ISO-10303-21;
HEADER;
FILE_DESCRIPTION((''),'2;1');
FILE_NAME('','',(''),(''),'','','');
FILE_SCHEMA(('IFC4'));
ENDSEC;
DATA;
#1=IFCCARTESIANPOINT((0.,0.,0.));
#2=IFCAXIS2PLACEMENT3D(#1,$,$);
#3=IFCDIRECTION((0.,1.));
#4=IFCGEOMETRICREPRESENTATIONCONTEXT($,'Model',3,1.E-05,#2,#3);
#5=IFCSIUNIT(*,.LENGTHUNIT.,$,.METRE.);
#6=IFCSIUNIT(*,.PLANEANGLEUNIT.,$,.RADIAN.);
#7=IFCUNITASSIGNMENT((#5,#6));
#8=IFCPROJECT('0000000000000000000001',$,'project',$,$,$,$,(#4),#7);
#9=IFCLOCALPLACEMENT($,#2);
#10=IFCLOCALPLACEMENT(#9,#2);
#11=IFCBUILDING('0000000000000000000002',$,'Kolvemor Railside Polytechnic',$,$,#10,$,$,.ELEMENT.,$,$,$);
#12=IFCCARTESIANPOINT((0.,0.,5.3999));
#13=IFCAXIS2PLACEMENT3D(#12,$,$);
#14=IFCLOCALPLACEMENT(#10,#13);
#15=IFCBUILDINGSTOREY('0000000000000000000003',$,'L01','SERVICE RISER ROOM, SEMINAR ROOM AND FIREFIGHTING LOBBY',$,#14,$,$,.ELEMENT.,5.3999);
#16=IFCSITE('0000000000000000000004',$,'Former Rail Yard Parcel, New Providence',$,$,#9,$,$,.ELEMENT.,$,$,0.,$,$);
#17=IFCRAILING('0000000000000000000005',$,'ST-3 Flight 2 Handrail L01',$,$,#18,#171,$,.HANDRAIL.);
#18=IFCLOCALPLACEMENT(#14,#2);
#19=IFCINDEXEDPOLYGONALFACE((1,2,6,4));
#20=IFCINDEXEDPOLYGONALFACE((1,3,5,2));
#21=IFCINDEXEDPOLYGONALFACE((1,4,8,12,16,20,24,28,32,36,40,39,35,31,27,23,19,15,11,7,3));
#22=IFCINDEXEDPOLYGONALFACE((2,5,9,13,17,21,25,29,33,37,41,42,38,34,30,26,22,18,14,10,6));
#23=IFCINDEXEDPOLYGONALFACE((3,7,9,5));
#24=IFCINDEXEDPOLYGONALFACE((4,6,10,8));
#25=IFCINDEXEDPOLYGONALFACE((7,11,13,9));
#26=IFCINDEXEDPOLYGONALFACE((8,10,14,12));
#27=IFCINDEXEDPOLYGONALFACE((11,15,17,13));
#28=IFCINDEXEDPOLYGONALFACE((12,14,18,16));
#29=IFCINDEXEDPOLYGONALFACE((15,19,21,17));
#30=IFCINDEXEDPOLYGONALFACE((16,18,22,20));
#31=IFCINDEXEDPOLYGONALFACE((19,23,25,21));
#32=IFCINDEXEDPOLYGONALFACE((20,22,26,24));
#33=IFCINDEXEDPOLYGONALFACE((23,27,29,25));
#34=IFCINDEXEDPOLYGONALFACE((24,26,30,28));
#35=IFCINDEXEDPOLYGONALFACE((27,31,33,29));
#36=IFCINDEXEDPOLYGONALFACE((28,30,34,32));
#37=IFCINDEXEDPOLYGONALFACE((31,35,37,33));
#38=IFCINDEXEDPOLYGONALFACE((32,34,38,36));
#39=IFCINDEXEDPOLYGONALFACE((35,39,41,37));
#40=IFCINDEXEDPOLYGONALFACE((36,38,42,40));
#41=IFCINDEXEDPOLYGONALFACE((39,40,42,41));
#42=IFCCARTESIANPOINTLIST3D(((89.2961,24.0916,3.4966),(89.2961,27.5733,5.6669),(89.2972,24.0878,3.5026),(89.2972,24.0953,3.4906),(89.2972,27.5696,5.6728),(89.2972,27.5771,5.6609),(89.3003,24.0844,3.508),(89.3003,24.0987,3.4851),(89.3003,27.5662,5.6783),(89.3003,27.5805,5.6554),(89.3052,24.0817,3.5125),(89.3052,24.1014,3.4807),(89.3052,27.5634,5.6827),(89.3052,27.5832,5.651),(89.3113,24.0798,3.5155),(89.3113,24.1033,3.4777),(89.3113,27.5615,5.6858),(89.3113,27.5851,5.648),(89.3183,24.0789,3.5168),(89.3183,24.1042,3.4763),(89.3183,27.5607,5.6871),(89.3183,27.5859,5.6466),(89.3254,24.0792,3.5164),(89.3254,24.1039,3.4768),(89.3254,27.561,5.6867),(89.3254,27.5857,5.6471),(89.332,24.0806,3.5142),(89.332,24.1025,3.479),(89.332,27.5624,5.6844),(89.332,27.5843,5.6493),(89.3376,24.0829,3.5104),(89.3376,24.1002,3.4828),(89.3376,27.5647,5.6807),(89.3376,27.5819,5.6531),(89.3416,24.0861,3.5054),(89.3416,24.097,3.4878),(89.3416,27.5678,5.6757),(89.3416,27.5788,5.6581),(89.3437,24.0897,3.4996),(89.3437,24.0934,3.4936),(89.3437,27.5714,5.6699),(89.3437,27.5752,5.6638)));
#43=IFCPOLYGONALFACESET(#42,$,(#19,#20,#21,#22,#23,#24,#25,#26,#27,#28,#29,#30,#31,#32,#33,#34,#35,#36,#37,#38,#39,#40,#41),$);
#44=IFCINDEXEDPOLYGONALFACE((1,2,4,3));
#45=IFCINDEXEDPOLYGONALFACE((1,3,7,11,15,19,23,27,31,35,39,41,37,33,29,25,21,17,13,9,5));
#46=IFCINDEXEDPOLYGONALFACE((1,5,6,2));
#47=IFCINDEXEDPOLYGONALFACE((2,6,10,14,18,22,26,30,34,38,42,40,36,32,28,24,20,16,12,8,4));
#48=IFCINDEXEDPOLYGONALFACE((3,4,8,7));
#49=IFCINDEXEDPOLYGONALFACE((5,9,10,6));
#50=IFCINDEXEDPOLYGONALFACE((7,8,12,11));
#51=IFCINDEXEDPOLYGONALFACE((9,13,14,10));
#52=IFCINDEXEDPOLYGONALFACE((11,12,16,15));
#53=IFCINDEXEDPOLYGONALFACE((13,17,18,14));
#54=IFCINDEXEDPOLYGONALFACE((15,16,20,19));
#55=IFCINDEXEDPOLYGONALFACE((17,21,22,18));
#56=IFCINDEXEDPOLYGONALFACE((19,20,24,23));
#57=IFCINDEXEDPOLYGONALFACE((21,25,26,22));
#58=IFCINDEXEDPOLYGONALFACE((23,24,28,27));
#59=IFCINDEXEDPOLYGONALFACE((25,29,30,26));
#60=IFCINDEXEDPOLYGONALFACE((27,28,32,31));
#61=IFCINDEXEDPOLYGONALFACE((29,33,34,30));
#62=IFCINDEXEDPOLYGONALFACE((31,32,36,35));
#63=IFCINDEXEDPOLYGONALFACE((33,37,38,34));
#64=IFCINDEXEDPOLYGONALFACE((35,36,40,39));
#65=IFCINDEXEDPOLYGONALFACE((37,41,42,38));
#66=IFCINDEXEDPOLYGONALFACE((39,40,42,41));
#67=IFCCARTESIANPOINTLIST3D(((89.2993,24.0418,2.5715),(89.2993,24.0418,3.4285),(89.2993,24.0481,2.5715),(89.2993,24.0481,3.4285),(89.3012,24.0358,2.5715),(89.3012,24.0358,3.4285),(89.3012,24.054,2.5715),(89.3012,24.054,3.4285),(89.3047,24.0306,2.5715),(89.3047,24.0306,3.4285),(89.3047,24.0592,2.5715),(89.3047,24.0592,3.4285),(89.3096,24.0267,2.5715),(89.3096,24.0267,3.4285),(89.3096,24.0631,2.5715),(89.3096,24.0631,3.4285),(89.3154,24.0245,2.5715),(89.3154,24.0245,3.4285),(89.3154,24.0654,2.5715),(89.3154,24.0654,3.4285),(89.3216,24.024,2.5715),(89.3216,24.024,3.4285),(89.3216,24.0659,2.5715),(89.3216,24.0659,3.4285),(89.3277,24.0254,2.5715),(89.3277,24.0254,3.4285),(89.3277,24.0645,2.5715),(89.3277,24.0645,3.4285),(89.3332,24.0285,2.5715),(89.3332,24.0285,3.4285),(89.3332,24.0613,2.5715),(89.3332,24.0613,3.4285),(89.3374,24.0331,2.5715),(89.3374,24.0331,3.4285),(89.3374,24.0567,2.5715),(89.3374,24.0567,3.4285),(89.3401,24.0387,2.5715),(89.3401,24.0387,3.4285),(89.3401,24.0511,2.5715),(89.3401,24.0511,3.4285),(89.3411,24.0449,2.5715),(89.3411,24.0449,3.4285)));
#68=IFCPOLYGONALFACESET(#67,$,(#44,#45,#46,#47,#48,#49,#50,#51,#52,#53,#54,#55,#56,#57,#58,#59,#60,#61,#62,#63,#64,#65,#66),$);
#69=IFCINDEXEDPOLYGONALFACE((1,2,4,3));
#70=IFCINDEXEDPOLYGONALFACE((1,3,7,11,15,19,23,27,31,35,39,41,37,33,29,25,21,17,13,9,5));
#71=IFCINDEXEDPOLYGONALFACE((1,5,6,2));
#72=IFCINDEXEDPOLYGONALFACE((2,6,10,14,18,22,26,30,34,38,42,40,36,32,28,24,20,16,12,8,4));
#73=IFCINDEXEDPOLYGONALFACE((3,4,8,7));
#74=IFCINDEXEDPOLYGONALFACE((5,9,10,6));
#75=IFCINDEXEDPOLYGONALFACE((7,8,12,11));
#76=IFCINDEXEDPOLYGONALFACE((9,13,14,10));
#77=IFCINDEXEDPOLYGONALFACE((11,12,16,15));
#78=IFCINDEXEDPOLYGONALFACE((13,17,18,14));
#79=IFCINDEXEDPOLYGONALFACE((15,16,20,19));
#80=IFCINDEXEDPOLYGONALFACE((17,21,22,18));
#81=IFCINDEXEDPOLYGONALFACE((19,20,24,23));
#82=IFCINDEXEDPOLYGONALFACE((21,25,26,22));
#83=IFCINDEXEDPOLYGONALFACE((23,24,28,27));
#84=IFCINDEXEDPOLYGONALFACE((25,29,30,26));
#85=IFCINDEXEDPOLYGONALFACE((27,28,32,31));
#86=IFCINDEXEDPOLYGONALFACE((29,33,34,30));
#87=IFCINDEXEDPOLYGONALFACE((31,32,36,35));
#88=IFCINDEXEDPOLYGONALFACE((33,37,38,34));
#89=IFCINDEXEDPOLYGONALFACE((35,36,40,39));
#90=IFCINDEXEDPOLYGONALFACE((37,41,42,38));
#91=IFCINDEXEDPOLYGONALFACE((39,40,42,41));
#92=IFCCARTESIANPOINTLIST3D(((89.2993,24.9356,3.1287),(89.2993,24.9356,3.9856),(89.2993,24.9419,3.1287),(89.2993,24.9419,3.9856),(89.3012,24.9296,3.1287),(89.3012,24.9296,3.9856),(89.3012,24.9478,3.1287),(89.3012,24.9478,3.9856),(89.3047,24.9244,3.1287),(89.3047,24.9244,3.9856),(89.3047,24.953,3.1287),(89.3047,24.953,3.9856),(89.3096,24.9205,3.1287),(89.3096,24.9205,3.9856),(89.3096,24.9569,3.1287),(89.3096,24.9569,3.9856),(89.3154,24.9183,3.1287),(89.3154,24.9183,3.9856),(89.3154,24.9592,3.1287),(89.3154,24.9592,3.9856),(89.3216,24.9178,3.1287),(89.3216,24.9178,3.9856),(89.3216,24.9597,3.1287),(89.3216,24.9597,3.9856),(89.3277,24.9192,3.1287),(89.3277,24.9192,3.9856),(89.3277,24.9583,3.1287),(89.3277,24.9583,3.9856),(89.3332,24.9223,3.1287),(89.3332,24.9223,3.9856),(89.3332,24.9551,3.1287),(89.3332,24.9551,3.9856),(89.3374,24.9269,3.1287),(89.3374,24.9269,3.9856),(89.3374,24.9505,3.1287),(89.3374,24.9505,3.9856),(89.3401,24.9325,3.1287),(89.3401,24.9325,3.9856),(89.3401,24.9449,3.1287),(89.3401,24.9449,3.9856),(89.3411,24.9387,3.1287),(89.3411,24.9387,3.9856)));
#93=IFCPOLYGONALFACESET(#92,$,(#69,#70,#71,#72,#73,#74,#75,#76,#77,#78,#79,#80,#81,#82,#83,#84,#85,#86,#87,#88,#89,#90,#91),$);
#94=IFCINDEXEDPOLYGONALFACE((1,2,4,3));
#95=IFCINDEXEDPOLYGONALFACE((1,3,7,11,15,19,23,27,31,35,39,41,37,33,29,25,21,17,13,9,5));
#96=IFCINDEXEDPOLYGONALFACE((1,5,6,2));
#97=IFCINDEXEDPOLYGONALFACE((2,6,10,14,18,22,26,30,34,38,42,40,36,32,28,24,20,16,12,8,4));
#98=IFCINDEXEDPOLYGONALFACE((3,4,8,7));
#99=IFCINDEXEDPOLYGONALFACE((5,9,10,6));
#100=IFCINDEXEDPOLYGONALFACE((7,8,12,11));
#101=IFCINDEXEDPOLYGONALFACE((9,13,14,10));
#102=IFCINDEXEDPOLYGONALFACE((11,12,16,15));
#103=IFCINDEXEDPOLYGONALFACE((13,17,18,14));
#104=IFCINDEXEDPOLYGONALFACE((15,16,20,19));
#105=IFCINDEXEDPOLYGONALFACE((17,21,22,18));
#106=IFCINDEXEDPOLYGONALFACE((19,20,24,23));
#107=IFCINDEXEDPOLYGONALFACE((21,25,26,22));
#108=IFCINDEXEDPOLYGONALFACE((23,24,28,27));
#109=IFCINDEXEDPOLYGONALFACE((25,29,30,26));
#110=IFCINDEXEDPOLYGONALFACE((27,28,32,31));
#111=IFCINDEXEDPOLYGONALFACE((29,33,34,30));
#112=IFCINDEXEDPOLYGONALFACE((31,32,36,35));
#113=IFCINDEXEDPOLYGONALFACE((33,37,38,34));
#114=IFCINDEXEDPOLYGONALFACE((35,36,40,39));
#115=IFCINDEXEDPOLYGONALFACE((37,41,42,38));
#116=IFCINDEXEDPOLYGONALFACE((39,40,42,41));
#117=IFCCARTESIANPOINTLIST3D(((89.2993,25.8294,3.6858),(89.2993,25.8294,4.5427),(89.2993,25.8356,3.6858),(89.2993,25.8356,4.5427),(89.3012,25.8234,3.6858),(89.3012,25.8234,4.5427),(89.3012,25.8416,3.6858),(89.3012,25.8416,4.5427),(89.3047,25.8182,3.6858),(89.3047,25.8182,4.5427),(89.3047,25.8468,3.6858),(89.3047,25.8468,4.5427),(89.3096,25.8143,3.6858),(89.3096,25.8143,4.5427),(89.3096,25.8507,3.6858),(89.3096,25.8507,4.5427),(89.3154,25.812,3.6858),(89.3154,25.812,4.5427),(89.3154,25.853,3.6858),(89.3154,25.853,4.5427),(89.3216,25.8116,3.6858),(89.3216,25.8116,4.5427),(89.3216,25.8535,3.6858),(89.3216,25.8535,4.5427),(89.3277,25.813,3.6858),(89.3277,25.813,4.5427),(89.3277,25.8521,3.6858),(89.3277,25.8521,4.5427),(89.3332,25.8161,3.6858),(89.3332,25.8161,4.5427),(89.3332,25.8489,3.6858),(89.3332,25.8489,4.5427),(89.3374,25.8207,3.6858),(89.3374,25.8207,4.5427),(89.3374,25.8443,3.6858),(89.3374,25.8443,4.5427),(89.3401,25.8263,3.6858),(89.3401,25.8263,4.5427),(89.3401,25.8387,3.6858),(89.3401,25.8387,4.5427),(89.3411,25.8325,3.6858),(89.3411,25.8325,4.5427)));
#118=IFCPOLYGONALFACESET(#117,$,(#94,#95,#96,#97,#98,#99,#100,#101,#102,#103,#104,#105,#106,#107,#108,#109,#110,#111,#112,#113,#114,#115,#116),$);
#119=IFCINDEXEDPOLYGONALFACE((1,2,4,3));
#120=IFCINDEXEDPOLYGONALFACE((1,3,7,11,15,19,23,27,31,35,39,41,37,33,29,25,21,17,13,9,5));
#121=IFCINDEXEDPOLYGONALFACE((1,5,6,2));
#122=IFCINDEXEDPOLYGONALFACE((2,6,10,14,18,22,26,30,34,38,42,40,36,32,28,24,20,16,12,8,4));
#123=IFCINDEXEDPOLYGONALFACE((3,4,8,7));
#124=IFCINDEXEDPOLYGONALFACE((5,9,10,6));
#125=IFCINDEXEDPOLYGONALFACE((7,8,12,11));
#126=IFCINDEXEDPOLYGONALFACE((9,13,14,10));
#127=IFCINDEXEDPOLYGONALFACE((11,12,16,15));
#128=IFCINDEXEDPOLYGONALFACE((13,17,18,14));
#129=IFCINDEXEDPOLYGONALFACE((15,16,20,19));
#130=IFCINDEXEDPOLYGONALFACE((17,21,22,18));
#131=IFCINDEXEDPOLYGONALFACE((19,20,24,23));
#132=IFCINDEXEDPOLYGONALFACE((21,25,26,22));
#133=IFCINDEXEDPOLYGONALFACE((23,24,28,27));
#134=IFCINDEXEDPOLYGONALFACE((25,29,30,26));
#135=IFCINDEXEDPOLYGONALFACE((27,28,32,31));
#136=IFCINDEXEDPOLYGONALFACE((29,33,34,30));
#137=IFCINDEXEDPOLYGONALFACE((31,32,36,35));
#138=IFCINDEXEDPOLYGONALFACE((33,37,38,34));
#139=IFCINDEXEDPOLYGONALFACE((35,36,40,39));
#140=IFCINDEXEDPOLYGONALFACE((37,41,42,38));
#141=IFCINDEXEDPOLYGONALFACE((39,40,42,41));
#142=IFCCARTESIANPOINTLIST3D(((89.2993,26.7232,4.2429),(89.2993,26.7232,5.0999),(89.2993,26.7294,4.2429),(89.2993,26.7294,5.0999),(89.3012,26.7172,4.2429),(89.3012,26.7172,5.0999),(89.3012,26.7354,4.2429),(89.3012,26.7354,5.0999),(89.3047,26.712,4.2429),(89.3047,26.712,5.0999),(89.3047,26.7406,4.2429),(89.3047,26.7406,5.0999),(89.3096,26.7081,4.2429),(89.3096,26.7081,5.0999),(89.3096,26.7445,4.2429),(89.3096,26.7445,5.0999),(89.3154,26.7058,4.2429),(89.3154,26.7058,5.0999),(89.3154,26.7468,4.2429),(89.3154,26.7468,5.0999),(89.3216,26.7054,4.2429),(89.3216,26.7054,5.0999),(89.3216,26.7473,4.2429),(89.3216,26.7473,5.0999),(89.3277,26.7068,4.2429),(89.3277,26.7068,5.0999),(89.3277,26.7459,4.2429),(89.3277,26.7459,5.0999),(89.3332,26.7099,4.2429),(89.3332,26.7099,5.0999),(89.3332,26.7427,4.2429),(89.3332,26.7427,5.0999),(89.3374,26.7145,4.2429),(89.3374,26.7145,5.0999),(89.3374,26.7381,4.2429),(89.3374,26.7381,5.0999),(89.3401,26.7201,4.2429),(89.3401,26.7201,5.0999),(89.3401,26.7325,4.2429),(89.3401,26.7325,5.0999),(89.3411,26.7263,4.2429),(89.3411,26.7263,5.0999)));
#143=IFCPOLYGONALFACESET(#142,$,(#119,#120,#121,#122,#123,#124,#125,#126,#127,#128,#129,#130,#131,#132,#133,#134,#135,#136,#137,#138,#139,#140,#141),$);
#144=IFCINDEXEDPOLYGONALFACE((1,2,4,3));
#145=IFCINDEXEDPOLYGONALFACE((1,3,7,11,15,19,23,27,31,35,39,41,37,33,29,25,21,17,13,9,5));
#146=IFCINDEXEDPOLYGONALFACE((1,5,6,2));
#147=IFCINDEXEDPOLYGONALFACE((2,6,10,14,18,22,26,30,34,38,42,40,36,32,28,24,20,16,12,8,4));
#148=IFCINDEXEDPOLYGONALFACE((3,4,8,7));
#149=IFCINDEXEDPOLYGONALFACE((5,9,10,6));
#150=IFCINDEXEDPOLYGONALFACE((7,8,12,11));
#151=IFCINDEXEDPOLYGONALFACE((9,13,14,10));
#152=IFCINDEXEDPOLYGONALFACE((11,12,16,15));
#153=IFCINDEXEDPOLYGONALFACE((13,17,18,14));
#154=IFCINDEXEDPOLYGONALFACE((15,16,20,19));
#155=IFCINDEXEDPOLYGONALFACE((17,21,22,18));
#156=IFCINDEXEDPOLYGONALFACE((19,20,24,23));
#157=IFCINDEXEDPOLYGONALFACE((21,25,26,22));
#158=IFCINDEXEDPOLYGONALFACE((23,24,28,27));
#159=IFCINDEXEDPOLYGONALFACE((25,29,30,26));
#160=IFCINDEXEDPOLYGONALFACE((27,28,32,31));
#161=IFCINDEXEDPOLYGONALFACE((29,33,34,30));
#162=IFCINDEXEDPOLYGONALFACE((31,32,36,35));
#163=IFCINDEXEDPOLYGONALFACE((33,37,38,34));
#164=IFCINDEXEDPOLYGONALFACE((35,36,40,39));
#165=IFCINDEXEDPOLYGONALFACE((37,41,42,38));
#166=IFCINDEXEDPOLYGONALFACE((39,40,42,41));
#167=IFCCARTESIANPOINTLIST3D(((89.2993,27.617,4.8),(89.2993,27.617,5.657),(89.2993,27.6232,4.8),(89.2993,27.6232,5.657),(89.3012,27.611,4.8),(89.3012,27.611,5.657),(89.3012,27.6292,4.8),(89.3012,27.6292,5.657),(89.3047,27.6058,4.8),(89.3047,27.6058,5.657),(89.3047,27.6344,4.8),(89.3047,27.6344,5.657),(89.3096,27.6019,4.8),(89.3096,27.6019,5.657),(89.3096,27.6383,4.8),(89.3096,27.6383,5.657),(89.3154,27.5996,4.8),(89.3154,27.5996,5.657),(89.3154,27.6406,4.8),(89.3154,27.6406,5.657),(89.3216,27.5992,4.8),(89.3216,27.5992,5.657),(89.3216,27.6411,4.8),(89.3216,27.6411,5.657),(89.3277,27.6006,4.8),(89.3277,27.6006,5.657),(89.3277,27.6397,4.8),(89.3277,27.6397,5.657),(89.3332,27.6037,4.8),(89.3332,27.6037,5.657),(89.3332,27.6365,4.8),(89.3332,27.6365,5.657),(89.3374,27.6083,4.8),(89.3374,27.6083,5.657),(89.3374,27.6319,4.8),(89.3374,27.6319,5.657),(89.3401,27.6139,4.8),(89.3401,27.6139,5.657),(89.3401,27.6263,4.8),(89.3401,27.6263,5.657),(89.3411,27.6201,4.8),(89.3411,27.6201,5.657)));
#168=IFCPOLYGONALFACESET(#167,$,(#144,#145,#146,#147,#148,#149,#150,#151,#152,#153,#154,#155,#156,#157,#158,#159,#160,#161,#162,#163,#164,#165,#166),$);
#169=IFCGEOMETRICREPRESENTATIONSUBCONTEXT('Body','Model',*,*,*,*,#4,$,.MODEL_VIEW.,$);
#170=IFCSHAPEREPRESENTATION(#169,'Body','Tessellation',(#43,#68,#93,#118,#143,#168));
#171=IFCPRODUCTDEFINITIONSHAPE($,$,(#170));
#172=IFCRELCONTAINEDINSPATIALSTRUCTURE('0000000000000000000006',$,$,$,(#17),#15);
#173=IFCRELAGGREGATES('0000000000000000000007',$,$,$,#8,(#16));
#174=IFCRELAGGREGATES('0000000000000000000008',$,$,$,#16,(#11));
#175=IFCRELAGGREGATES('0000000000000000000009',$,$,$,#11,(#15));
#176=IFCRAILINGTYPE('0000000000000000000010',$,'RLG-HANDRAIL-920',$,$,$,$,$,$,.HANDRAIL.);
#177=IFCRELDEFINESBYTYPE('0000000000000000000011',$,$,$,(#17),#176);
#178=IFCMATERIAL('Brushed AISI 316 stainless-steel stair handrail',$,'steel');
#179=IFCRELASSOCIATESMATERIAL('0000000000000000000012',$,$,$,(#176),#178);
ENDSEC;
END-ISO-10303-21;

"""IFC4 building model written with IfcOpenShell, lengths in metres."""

from ifc_helpers import new_model, si_unit, direction, frame, origin, origin_2d, place, context, subcontext, project, spatial, circle, extrude, material, type_object, element, save


model = new_model("IFC4")

# Units and contexts
model_context = context("Model", 3, precision=1e-05, world=origin(), true_north=direction((0.0, 1.0)))
body_context = subcontext(model_context, "Body", "Model", "MODEL_VIEW")
ifc_project = project(units=[si_unit("LENGTHUNIT", "METRE"), si_unit("PLANEANGLEUNIT", "RADIAN")], contexts=[model_context])

# Site, building, storey
site_placement = place(None, origin())
site = spatial("IfcSite", under=ifc_project, at=site_placement, Name="Former Rail Yard Parcel, New Providence", CompositionType="ELEMENT", RefElevation=0.0)
building_placement = place(site_placement, origin())
building = spatial("IfcBuilding", under=site, at=building_placement, Name="Kolvemor Railside Polytechnic", CompositionType="ELEMENT")
storey_placement = place(building_placement, frame((0.0, 0.0, 5.3999)))
storey = spatial("IfcBuildingStorey", under=building, at=storey_placement, Name="L01", Description="SERVICE RISER ROOM, SEMINAR ROOM AND FIREFIGHTING LOBBY", CompositionType="ELEMENT", Elevation=5.3999)

# Railing
ifc_material_1 = material(Name="Brushed AISI 316 stainless-steel stair handrail", Category="steel")
railing_type_1 = type_object("IfcRailingType", Name="RLG-HANDRAIL-920", PredefinedType="HANDRAIL", material=ifc_material_1)
railing_1_placement = place(storey_placement, frame((89.3201, 24.0449, 2.5715)))
element("IfcRailing", 1, at=railing_1_placement, inside=storey, type_object=railing_type_1, Name="ST-3 Flight 2 Handrail L01", PredefinedType="HANDRAIL", context=body_context, shape_type="SweptSolid", body=[
    extrude(circle(Radius=0.0239, at=origin_2d()), frame((0.0, 0.0466, 0.925), z_axis=(0.0, 0.848636, 0.528978), x_axis=(-1.0, 0.0, 0.0)), (0.0, 0.0, 1.0), 4.1028),
    extrude(circle(Radius=0.021, at=origin_2d()), origin(), (0.0, 0.0, 1.0), 0.8569),
    extrude(circle(Radius=0.021, at=origin_2d()), frame((0.0, 0.8938, 0.5571)), (0.0, 0.0, 1.0), 0.8569),
    extrude(circle(Radius=0.021, at=origin_2d()), frame((0.0, 1.7876, 1.1143)), (0.0, 0.0, 1.0), 0.8569),
    extrude(circle(Radius=0.021, at=origin_2d()), frame((0.0, 2.6814, 1.6714)), (0.0, 0.0, 1.0), 0.8569),
    extrude(circle(Radius=0.021, at=origin_2d()), frame((0.0, 3.5752, 2.2285)), (0.0, 0.0, 1.0), 0.8569),
])

save(model, "model.ifc")
